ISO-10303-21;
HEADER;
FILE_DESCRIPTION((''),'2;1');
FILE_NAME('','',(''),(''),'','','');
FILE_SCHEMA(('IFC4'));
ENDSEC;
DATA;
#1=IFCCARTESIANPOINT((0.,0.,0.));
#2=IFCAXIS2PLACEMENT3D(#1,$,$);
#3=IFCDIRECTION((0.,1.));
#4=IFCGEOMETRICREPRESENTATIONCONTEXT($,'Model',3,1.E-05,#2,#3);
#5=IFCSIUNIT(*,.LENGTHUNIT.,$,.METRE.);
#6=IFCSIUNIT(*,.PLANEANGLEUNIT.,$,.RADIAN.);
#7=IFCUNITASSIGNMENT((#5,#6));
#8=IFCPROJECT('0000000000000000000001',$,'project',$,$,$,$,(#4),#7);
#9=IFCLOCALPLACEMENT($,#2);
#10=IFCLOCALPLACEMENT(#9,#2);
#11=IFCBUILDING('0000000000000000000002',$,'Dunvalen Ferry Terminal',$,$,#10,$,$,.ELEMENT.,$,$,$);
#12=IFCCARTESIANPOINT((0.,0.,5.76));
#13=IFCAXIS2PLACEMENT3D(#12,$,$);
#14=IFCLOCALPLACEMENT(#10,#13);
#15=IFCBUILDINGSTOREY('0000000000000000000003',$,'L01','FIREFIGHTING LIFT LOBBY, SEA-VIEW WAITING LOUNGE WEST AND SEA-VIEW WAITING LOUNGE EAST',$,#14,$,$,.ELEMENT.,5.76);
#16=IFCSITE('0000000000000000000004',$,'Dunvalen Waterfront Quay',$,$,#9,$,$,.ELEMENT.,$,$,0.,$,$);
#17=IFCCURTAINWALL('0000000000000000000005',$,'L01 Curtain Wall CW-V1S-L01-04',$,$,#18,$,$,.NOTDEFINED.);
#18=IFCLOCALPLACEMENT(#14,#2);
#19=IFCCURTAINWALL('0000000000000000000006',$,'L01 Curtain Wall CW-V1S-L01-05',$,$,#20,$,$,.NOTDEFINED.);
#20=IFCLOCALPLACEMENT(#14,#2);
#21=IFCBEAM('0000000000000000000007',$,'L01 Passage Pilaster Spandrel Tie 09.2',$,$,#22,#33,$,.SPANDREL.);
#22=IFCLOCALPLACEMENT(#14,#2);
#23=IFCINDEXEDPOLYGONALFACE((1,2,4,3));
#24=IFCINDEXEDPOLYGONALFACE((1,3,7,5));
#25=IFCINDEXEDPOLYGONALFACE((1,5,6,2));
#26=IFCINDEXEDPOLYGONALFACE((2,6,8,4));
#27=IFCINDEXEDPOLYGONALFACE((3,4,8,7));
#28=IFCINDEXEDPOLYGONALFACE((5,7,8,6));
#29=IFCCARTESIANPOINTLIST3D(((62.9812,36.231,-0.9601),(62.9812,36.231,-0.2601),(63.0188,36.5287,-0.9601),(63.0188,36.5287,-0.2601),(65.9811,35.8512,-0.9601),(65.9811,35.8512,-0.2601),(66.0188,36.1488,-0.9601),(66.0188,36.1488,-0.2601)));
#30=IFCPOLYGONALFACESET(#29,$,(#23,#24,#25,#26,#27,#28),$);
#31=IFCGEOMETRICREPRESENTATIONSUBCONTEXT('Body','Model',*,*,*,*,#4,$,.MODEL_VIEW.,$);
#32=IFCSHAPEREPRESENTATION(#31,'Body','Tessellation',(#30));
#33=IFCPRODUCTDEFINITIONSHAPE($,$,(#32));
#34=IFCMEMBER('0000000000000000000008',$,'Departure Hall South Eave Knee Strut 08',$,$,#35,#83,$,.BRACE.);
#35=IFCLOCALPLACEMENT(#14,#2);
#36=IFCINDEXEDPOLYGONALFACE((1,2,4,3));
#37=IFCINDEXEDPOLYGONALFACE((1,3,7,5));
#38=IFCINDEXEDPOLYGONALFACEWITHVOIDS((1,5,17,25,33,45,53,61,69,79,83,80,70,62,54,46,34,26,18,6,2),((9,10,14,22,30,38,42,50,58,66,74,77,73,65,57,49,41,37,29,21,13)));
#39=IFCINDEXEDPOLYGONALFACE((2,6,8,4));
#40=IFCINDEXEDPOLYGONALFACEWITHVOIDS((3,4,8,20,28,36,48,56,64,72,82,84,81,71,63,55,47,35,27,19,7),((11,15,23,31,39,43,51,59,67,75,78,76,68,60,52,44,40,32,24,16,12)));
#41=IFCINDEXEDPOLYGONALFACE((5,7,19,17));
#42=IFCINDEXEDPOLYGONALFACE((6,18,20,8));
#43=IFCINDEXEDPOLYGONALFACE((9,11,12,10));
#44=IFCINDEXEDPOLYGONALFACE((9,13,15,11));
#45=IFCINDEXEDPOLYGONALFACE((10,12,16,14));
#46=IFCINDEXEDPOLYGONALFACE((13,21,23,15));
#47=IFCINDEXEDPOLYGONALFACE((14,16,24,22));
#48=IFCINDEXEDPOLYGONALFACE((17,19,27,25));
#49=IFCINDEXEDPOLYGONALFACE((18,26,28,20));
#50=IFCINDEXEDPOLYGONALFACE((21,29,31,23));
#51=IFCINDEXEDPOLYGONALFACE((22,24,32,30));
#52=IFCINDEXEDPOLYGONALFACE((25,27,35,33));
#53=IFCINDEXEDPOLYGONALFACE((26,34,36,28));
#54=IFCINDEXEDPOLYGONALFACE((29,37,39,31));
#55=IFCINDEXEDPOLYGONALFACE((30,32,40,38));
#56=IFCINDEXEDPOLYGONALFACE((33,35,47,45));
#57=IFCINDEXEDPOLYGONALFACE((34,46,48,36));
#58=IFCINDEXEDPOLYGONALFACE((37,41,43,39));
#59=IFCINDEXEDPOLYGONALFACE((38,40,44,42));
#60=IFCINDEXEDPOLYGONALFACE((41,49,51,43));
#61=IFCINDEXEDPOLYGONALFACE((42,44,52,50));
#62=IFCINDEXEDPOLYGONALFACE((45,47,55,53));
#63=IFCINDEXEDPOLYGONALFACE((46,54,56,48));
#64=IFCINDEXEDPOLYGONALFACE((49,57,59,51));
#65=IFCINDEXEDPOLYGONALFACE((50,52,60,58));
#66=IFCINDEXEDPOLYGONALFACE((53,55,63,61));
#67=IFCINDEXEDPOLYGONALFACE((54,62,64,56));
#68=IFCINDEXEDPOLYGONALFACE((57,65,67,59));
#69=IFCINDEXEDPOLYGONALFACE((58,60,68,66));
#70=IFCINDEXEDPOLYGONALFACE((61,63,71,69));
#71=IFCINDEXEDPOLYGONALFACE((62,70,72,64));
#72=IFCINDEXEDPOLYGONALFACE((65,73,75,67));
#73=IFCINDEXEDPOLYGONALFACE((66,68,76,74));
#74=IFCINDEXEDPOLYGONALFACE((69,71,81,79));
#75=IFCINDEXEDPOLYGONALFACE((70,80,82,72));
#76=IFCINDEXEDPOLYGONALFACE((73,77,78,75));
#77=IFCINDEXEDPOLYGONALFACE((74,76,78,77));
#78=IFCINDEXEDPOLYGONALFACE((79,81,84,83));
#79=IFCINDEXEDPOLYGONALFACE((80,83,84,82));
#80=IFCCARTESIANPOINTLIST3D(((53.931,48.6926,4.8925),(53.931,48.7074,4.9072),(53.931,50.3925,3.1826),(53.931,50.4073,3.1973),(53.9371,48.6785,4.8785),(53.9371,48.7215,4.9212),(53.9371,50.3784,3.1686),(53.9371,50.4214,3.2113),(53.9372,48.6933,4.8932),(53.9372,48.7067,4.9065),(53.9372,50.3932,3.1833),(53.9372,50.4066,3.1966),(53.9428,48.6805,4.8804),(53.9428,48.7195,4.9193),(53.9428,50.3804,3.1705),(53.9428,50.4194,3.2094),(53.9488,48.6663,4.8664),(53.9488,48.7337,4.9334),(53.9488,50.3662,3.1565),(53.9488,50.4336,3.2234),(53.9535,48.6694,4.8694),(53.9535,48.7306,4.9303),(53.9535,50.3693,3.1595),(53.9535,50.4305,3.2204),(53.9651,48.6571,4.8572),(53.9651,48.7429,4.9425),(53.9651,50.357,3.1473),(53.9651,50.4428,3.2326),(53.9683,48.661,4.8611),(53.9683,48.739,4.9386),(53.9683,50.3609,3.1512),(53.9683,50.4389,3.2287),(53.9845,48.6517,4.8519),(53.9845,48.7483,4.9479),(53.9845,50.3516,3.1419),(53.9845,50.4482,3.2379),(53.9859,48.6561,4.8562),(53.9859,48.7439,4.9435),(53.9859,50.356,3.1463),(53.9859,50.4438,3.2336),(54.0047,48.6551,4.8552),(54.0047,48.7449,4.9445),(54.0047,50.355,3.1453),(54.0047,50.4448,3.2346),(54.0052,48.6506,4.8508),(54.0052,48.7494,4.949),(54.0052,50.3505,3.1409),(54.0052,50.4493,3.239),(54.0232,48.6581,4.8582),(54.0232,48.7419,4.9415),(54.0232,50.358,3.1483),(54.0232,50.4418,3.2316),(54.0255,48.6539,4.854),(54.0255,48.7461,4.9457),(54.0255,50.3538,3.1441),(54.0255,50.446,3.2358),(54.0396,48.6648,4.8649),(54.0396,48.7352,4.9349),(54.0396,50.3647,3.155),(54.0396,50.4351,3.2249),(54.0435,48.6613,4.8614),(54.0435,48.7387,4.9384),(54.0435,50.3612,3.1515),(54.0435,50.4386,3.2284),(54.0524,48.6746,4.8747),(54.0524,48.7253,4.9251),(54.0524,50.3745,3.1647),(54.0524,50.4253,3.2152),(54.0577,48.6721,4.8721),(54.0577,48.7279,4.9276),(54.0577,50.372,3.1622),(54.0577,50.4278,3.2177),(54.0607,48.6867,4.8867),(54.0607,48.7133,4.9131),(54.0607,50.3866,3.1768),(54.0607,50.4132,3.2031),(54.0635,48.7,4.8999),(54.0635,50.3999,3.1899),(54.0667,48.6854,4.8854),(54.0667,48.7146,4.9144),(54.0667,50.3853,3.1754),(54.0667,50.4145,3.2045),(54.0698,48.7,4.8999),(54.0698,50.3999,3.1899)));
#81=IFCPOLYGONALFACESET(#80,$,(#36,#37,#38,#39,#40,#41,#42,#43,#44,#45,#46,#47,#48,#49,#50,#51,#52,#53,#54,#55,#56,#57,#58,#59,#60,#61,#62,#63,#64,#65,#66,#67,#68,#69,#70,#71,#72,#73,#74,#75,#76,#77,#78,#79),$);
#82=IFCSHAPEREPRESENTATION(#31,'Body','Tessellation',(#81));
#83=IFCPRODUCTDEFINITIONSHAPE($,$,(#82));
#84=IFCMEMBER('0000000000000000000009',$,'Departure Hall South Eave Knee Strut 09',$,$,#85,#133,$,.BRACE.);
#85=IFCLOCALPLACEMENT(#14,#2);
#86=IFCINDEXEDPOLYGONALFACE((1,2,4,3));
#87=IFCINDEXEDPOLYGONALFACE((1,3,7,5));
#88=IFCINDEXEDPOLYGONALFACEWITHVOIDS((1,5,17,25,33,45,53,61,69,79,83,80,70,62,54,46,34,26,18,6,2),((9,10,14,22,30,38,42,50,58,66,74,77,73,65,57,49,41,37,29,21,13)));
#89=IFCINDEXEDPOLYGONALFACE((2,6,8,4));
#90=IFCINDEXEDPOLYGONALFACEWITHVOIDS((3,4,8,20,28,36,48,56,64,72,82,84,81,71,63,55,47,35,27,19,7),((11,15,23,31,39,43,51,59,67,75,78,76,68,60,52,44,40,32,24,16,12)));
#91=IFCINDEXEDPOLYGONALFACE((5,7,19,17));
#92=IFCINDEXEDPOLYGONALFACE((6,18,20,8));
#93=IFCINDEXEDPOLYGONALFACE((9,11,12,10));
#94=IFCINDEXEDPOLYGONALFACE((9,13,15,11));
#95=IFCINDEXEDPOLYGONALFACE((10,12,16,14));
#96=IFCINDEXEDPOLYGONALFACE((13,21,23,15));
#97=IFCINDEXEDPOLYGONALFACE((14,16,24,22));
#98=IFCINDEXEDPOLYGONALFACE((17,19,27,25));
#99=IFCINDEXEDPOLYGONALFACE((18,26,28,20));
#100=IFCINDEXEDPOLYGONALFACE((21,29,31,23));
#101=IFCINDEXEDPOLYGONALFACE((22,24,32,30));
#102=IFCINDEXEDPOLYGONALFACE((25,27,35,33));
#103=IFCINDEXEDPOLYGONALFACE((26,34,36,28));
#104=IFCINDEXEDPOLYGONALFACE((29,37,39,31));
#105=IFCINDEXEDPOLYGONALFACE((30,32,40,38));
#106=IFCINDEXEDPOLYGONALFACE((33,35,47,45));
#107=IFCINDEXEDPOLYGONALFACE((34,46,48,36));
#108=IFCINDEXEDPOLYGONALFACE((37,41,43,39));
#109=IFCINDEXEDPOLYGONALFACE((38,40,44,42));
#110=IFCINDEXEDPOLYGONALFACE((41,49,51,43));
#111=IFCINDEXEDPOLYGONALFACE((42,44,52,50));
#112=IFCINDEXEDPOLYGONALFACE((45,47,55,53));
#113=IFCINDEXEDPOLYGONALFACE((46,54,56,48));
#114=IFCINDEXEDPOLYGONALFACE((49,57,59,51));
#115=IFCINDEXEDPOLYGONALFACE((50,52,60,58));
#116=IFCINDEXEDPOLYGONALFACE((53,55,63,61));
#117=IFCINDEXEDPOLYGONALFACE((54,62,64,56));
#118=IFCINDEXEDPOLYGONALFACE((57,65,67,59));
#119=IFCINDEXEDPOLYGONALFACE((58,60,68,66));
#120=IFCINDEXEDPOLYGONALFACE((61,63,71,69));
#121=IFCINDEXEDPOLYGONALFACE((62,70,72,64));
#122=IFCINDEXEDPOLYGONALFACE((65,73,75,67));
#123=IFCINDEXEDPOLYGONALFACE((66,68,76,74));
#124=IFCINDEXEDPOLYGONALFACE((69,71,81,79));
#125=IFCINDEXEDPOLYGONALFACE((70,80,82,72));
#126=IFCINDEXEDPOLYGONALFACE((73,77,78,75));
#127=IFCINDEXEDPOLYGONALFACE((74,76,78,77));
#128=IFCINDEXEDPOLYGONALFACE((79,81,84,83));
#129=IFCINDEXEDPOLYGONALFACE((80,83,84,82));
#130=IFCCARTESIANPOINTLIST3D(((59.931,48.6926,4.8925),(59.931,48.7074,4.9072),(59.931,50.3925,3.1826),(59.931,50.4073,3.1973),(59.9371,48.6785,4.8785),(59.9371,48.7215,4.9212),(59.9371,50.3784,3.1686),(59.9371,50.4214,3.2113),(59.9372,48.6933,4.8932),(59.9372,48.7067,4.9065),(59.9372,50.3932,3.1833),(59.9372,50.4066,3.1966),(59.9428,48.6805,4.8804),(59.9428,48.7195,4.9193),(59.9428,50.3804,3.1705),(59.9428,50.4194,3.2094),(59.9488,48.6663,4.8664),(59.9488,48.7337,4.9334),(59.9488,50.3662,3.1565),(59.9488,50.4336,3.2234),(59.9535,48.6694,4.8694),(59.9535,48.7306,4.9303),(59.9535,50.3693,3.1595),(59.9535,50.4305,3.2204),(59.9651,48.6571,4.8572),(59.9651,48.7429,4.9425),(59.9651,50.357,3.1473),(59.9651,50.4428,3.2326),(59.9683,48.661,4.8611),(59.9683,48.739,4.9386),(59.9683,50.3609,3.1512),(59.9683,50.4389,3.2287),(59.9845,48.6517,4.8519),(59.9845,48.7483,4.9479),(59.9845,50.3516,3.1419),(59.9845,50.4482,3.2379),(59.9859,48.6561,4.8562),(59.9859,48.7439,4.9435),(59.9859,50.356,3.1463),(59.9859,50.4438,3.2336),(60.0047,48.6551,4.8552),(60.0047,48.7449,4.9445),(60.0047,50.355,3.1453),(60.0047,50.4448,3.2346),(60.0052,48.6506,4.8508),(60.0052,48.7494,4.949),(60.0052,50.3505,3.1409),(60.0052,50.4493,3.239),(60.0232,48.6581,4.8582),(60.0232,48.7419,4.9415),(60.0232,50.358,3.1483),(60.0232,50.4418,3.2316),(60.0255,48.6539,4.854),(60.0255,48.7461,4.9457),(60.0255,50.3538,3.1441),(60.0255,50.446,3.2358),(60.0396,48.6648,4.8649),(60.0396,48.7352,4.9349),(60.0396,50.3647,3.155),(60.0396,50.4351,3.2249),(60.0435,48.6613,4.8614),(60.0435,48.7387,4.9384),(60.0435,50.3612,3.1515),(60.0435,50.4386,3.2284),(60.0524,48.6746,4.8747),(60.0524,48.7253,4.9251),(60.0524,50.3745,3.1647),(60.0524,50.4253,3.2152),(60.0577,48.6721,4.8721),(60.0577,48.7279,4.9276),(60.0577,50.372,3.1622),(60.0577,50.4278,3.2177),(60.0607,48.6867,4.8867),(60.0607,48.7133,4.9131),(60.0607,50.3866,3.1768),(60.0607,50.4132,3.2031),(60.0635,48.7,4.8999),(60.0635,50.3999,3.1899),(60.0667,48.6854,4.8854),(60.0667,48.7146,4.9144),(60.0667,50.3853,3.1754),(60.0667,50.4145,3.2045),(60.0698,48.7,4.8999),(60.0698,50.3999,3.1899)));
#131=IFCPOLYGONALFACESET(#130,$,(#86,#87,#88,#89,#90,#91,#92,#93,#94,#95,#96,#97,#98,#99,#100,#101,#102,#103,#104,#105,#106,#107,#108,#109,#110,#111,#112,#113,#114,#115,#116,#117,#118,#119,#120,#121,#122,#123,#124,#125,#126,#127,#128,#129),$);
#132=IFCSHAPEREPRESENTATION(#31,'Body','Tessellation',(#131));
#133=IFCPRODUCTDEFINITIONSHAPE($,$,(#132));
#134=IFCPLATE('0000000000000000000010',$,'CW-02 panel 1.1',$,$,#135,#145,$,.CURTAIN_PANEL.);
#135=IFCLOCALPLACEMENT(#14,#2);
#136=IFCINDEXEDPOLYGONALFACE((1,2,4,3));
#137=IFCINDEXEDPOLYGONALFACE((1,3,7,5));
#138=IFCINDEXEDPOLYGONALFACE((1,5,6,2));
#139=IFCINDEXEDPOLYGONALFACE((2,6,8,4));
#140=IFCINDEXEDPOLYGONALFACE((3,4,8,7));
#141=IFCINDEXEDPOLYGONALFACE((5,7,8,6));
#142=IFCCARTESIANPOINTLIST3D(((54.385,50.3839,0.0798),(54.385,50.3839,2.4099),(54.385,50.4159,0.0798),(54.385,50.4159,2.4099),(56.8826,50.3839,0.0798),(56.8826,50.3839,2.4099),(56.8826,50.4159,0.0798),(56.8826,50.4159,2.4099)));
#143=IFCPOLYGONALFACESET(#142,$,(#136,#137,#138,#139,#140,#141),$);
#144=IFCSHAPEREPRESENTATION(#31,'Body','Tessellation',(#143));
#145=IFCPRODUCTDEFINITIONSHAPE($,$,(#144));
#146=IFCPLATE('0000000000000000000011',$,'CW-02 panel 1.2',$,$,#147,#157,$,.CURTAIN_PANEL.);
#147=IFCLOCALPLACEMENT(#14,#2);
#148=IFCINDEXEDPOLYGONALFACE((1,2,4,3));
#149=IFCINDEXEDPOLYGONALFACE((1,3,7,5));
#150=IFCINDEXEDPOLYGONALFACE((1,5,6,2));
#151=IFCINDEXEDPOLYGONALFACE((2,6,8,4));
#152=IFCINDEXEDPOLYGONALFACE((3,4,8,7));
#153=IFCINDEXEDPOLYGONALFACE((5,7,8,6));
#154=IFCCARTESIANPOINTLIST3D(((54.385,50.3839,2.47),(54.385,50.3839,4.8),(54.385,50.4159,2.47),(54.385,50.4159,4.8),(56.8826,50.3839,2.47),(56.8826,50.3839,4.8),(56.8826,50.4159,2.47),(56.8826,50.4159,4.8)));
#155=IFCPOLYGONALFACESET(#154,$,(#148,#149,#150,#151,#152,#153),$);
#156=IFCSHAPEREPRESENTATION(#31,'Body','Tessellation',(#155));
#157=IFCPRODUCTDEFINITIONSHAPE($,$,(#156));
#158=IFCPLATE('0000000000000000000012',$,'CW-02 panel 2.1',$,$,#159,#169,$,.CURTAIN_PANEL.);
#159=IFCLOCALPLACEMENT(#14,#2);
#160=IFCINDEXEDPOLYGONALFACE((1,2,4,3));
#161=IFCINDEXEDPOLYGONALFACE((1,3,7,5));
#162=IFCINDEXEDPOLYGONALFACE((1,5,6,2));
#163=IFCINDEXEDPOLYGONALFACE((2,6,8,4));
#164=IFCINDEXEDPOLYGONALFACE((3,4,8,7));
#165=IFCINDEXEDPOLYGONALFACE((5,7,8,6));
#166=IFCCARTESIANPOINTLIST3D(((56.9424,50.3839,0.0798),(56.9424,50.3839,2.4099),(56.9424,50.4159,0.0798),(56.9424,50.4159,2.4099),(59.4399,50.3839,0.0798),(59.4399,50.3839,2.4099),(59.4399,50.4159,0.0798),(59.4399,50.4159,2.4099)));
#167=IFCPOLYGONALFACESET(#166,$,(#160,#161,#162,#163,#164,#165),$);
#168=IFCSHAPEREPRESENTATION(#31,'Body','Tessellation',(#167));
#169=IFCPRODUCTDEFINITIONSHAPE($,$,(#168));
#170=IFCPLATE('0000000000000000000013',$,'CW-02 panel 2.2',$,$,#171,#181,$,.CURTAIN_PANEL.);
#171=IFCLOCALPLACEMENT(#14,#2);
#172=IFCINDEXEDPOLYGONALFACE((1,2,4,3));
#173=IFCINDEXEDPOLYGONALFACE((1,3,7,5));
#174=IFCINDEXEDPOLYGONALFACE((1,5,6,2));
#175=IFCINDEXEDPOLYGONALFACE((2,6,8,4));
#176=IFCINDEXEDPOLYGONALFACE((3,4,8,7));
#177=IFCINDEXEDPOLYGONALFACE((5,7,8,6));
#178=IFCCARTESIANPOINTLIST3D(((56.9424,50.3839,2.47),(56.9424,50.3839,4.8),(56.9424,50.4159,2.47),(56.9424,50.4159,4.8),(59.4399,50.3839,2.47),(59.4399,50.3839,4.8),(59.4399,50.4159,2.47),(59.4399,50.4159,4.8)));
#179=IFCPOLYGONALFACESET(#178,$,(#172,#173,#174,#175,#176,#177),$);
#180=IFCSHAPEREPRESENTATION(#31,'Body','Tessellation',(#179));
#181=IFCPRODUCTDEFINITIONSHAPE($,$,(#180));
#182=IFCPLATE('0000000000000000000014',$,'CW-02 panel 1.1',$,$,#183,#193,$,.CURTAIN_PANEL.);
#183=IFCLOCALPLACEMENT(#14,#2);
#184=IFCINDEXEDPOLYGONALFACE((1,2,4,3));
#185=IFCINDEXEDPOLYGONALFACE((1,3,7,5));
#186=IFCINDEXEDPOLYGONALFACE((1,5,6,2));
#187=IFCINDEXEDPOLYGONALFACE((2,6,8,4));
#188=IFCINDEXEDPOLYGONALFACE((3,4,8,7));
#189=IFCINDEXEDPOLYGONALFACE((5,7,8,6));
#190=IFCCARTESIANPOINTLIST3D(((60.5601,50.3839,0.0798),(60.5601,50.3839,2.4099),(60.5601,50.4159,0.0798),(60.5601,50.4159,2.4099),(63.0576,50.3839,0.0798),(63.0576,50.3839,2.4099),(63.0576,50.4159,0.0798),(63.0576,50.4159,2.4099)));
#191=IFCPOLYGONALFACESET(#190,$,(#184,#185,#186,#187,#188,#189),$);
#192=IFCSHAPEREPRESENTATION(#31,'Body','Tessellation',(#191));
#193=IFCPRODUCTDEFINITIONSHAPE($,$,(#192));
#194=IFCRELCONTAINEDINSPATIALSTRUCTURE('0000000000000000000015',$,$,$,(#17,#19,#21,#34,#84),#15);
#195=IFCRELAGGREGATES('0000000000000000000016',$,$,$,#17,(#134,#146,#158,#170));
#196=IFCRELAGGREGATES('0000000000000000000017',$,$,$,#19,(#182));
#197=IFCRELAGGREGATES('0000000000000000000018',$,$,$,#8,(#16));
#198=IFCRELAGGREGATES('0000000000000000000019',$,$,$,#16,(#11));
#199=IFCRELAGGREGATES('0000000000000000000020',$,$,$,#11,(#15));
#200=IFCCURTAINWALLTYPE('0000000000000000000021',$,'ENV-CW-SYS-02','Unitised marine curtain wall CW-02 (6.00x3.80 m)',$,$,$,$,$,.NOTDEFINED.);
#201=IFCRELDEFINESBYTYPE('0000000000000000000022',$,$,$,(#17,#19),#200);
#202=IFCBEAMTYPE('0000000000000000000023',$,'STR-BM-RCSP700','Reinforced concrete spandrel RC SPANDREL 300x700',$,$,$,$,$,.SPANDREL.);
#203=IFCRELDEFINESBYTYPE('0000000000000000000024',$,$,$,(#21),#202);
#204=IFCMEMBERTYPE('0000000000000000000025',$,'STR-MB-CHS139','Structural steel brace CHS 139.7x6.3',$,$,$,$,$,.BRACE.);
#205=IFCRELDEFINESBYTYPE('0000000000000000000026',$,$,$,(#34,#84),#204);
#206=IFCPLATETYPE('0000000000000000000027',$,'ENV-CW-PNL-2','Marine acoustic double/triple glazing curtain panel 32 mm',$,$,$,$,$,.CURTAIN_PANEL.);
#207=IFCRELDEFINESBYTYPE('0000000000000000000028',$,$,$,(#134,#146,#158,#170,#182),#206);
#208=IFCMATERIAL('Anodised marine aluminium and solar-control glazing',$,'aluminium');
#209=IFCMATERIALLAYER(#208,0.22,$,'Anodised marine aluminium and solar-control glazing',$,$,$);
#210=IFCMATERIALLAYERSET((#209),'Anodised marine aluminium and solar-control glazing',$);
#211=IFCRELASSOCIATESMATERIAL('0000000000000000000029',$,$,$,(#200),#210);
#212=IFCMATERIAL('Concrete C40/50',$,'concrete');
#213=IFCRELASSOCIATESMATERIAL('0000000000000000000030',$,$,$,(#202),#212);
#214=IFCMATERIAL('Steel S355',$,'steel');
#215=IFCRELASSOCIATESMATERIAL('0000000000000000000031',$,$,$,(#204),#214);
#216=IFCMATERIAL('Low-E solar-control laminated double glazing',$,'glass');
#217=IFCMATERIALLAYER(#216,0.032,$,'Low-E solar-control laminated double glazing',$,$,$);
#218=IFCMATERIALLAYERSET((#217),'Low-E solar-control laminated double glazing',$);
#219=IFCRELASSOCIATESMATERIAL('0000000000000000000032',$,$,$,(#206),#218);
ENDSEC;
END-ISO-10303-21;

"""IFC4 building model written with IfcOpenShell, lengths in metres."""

from ifc_helpers import new_model, si_unit, direction, frame, origin, origin_2d, place, context, subcontext, project, spatial, rectangle, hollow_circle, extrude, material, layer, layer_set, material_profile, profile_set, type_object, element, aggregate, save


model = new_model("IFC4")

# Units and contexts
model_context = context("Model", 3, precision=1e-05, world=origin(), true_north=direction((0.0, 1.0)))
body_context = subcontext(model_context, "Body", "Model", "MODEL_VIEW")
ifc_project = project(units=[si_unit("LENGTHUNIT", "METRE"), si_unit("PLANEANGLEUNIT", "RADIAN")], contexts=[model_context])

# Site, building, storey
site_placement = place(None, origin())
site = spatial("IfcSite", under=ifc_project, at=site_placement, Name="Dunvalen Waterfront Quay", CompositionType="ELEMENT", RefElevation=0.0)
building_placement = place(site_placement, origin())
building = spatial("IfcBuilding", under=site, at=building_placement, Name="Dunvalen Ferry Terminal", CompositionType="ELEMENT")
storey_placement = place(building_placement, frame((0.0, 0.0, 5.76)))
storey = spatial("IfcBuildingStorey", under=building, at=storey_placement, Name="L01", Description="FIREFIGHTING LIFT LOBBY, SEA-VIEW WAITING LOUNGE WEST AND SEA-VIEW WAITING LOUNGE EAST", CompositionType="ELEMENT", Elevation=5.76)

# Shared definitions
ifc_material_1 = material(Name="Concrete C40/50", Category="concrete")

# Curtain walls
ifc_material_2 = material(Name="Anodised marine aluminium and solar-control glazing", Category="aluminium")
ifc_layer_1 = layer(ifc_material_2, 0.22, Name="Anodised marine aluminium and solar-control glazing")
ifc_layer_set_1 = layer_set([ifc_layer_1], Name="Anodised marine aluminium and solar-control glazing")
curtain_wall_type = type_object("IfcCurtainWallType", Name="ENV-CW-SYS-02", Description="Unitised marine curtain wall CW-02 (6.00x3.80 m)", PredefinedType="NOTDEFINED", material=ifc_layer_set_1)
curtain_wall_1_placement = place(storey_placement, origin())
curtain_wall_1 = element("IfcCurtainWall", 1, at=curtain_wall_1_placement, inside=storey, type_object=curtain_wall_type, Name="L01 Curtain Wall CW-V1S-L01-04", PredefinedType="NOTDEFINED")
curtain_wall_2_placement = place(storey_placement, origin())
curtain_wall_2 = element("IfcCurtainWall", 2, at=curtain_wall_2_placement, inside=storey, type_object=curtain_wall_type, Name="L01 Curtain Wall CW-V1S-L01-05", PredefinedType="NOTDEFINED")

# Beam
ifc_material_3 = material(Name="Steel S355", Category="steel")
ifc_material_profile_1 = material_profile(ifc_material_1, rectangle(XDim=0.3, YDim=0.7, at=origin_2d()), Name="Concrete C40/50")
ifc_profile_set_1 = profile_set([ifc_material_profile_1], Name="Concrete C40/50")
beam_type_1 = type_object("IfcBeamType", Name="STR-BM-RCSP700", Description="Reinforced concrete spandrel RC SPANDREL 300x700", PredefinedType="SPANDREL", material=ifc_profile_set_1)
for number, where, z_axis, x_axis, name in (
    (3, (63.0, 36.3799, -0.6101), (0.992078, -0.125624, 0.0), (0.125624, 0.992078, 0.0), "L01 Passage Pilaster Spandrel Tie 09.2"),
):
    element("IfcBeam", number, at=place(storey_placement, frame(where, z_axis=z_axis, x_axis=x_axis)), inside=storey, type_object=beam_type_1, Name=name, PredefinedType="SPANDREL", context=body_context, shape_type="SweptSolid", body=[
        extrude(rectangle(XDim=0.3, YDim=0.7, at=origin_2d()), origin(), (0.0, 0.0, 1.0), 3.0239),
    ])

# Members
ifc_material_profile_2 = material_profile(ifc_material_3, hollow_circle(Radius=0.0698, WallThickness=0.0063, at=origin_2d()), Name="Steel S355")
ifc_profile_set_2 = profile_set([ifc_material_profile_2], Name="Steel S355")
member_type_1 = type_object("IfcMemberType", Name="STR-MB-CHS139", Description="Structural steel brace CHS 139.7x6.3", PredefinedType="BRACE", material=ifc_profile_set_2)
for number, where, z_axis, x_axis, name in (
    (4, (54.0, 50.3999, 3.1899), (0.0, -0.705028, 0.709179), (1.0, 0.0, 0.0), "Departure Hall South Eave Knee Strut 08"),
    (5, (60.0, 50.3999, 3.1899), (0.0, -0.705028, 0.709179), (1.0, 0.0, 0.0), "Departure Hall South Eave Knee Strut 09"),
):
    element("IfcMember", number, at=place(storey_placement, frame(where, z_axis=z_axis, x_axis=x_axis)), inside=storey, type_object=member_type_1, Name=name, PredefinedType="BRACE", context=body_context, shape_type="SweptSolid", body=[
        extrude(hollow_circle(Radius=0.0698, WallThickness=0.0063, at=origin_2d()), origin(), (0.0, 0.0, 1.0), 2.4111),
    ])

# Plates
ifc_material_4 = material(Name="Low-E solar-control laminated double glazing", Category="glass")
ifc_layer_2 = layer(ifc_material_4, 0.032, Name="Low-E solar-control laminated double glazing")
ifc_layer_set_2 = layer_set([ifc_layer_2], Name="Low-E solar-control laminated double glazing")
plate_type_1 = type_object("IfcPlateType", Name="ENV-CW-PNL-2", Description="Marine acoustic double/triple glazing curtain panel 32 mm", PredefinedType="CURTAIN_PANEL", material=ifc_layer_set_2)
plate_1_placement = place(storey_placement, frame((55.6338, 50.3999, 0.0798), z_axis=(0.0, 0.0, 1.0), x_axis=(1.0, 0.0, 0.0)))
plate_1 = element("IfcPlate", 6, at=plate_1_placement, type_object=plate_type_1, Name="CW-02 panel 1.1", PredefinedType="CURTAIN_PANEL", context=body_context, shape_type="SweptSolid", body=[
    extrude(rectangle(XDim=2.4976, YDim=0.032, at=origin_2d()), origin(), (0.0, 0.0, 1.0), 2.3301),
])
plate_2_placement = place(storey_placement, frame((55.6338, 50.3999, 2.47), z_axis=(0.0, 0.0, 1.0), x_axis=(1.0, 0.0, 0.0)))
plate_2 = element("IfcPlate", 7, at=plate_2_placement, type_object=plate_type_1, Name="CW-02 panel 1.2", PredefinedType="CURTAIN_PANEL", context=body_context, shape_type="SweptSolid", body=[
    extrude(rectangle(XDim=2.4976, YDim=0.032, at=origin_2d()), origin(), (0.0, 0.0, 1.0), 2.3301),
])
plate_3_placement = place(storey_placement, frame((58.1912, 50.3999, 0.0798), z_axis=(0.0, 0.0, 1.0), x_axis=(1.0, 0.0, 0.0)))
plate_3 = element("IfcPlate", 8, at=plate_3_placement, type_object=plate_type_1, Name="CW-02 panel 2.1", PredefinedType="CURTAIN_PANEL", context=body_context, shape_type="SweptSolid", body=[
    extrude(rectangle(XDim=2.4976, YDim=0.032, at=origin_2d()), origin(), (0.0, 0.0, 1.0), 2.3301),
])
plate_4_placement = place(storey_placement, frame((58.1912, 50.3999, 2.47), z_axis=(0.0, 0.0, 1.0), x_axis=(1.0, 0.0, 0.0)))
plate_4 = element("IfcPlate", 9, at=plate_4_placement, type_object=plate_type_1, Name="CW-02 panel 2.2", PredefinedType="CURTAIN_PANEL", context=body_context, shape_type="SweptSolid", body=[
    extrude(rectangle(XDim=2.4976, YDim=0.032, at=origin_2d()), origin(), (0.0, 0.0, 1.0), 2.3301),
])
aggregate(curtain_wall_1, [plate_1, plate_2, plate_3, plate_4])
plate_5_placement = place(storey_placement, frame((61.8088, 50.3999, 0.0798), z_axis=(0.0, 0.0, 1.0), x_axis=(1.0, 0.0, 0.0)))
plate_5 = element("IfcPlate", 10, at=plate_5_placement, type_object=plate_type_1, Name="CW-02 panel 1.1", PredefinedType="CURTAIN_PANEL", context=body_context, shape_type="SweptSolid", body=[
    extrude(rectangle(XDim=2.4976, YDim=0.032, at=origin_2d()), origin(), (0.0, 0.0, 1.0), 2.3301),
])
aggregate(curtain_wall_2, [plate_5])

save(model, "model.ifc")
